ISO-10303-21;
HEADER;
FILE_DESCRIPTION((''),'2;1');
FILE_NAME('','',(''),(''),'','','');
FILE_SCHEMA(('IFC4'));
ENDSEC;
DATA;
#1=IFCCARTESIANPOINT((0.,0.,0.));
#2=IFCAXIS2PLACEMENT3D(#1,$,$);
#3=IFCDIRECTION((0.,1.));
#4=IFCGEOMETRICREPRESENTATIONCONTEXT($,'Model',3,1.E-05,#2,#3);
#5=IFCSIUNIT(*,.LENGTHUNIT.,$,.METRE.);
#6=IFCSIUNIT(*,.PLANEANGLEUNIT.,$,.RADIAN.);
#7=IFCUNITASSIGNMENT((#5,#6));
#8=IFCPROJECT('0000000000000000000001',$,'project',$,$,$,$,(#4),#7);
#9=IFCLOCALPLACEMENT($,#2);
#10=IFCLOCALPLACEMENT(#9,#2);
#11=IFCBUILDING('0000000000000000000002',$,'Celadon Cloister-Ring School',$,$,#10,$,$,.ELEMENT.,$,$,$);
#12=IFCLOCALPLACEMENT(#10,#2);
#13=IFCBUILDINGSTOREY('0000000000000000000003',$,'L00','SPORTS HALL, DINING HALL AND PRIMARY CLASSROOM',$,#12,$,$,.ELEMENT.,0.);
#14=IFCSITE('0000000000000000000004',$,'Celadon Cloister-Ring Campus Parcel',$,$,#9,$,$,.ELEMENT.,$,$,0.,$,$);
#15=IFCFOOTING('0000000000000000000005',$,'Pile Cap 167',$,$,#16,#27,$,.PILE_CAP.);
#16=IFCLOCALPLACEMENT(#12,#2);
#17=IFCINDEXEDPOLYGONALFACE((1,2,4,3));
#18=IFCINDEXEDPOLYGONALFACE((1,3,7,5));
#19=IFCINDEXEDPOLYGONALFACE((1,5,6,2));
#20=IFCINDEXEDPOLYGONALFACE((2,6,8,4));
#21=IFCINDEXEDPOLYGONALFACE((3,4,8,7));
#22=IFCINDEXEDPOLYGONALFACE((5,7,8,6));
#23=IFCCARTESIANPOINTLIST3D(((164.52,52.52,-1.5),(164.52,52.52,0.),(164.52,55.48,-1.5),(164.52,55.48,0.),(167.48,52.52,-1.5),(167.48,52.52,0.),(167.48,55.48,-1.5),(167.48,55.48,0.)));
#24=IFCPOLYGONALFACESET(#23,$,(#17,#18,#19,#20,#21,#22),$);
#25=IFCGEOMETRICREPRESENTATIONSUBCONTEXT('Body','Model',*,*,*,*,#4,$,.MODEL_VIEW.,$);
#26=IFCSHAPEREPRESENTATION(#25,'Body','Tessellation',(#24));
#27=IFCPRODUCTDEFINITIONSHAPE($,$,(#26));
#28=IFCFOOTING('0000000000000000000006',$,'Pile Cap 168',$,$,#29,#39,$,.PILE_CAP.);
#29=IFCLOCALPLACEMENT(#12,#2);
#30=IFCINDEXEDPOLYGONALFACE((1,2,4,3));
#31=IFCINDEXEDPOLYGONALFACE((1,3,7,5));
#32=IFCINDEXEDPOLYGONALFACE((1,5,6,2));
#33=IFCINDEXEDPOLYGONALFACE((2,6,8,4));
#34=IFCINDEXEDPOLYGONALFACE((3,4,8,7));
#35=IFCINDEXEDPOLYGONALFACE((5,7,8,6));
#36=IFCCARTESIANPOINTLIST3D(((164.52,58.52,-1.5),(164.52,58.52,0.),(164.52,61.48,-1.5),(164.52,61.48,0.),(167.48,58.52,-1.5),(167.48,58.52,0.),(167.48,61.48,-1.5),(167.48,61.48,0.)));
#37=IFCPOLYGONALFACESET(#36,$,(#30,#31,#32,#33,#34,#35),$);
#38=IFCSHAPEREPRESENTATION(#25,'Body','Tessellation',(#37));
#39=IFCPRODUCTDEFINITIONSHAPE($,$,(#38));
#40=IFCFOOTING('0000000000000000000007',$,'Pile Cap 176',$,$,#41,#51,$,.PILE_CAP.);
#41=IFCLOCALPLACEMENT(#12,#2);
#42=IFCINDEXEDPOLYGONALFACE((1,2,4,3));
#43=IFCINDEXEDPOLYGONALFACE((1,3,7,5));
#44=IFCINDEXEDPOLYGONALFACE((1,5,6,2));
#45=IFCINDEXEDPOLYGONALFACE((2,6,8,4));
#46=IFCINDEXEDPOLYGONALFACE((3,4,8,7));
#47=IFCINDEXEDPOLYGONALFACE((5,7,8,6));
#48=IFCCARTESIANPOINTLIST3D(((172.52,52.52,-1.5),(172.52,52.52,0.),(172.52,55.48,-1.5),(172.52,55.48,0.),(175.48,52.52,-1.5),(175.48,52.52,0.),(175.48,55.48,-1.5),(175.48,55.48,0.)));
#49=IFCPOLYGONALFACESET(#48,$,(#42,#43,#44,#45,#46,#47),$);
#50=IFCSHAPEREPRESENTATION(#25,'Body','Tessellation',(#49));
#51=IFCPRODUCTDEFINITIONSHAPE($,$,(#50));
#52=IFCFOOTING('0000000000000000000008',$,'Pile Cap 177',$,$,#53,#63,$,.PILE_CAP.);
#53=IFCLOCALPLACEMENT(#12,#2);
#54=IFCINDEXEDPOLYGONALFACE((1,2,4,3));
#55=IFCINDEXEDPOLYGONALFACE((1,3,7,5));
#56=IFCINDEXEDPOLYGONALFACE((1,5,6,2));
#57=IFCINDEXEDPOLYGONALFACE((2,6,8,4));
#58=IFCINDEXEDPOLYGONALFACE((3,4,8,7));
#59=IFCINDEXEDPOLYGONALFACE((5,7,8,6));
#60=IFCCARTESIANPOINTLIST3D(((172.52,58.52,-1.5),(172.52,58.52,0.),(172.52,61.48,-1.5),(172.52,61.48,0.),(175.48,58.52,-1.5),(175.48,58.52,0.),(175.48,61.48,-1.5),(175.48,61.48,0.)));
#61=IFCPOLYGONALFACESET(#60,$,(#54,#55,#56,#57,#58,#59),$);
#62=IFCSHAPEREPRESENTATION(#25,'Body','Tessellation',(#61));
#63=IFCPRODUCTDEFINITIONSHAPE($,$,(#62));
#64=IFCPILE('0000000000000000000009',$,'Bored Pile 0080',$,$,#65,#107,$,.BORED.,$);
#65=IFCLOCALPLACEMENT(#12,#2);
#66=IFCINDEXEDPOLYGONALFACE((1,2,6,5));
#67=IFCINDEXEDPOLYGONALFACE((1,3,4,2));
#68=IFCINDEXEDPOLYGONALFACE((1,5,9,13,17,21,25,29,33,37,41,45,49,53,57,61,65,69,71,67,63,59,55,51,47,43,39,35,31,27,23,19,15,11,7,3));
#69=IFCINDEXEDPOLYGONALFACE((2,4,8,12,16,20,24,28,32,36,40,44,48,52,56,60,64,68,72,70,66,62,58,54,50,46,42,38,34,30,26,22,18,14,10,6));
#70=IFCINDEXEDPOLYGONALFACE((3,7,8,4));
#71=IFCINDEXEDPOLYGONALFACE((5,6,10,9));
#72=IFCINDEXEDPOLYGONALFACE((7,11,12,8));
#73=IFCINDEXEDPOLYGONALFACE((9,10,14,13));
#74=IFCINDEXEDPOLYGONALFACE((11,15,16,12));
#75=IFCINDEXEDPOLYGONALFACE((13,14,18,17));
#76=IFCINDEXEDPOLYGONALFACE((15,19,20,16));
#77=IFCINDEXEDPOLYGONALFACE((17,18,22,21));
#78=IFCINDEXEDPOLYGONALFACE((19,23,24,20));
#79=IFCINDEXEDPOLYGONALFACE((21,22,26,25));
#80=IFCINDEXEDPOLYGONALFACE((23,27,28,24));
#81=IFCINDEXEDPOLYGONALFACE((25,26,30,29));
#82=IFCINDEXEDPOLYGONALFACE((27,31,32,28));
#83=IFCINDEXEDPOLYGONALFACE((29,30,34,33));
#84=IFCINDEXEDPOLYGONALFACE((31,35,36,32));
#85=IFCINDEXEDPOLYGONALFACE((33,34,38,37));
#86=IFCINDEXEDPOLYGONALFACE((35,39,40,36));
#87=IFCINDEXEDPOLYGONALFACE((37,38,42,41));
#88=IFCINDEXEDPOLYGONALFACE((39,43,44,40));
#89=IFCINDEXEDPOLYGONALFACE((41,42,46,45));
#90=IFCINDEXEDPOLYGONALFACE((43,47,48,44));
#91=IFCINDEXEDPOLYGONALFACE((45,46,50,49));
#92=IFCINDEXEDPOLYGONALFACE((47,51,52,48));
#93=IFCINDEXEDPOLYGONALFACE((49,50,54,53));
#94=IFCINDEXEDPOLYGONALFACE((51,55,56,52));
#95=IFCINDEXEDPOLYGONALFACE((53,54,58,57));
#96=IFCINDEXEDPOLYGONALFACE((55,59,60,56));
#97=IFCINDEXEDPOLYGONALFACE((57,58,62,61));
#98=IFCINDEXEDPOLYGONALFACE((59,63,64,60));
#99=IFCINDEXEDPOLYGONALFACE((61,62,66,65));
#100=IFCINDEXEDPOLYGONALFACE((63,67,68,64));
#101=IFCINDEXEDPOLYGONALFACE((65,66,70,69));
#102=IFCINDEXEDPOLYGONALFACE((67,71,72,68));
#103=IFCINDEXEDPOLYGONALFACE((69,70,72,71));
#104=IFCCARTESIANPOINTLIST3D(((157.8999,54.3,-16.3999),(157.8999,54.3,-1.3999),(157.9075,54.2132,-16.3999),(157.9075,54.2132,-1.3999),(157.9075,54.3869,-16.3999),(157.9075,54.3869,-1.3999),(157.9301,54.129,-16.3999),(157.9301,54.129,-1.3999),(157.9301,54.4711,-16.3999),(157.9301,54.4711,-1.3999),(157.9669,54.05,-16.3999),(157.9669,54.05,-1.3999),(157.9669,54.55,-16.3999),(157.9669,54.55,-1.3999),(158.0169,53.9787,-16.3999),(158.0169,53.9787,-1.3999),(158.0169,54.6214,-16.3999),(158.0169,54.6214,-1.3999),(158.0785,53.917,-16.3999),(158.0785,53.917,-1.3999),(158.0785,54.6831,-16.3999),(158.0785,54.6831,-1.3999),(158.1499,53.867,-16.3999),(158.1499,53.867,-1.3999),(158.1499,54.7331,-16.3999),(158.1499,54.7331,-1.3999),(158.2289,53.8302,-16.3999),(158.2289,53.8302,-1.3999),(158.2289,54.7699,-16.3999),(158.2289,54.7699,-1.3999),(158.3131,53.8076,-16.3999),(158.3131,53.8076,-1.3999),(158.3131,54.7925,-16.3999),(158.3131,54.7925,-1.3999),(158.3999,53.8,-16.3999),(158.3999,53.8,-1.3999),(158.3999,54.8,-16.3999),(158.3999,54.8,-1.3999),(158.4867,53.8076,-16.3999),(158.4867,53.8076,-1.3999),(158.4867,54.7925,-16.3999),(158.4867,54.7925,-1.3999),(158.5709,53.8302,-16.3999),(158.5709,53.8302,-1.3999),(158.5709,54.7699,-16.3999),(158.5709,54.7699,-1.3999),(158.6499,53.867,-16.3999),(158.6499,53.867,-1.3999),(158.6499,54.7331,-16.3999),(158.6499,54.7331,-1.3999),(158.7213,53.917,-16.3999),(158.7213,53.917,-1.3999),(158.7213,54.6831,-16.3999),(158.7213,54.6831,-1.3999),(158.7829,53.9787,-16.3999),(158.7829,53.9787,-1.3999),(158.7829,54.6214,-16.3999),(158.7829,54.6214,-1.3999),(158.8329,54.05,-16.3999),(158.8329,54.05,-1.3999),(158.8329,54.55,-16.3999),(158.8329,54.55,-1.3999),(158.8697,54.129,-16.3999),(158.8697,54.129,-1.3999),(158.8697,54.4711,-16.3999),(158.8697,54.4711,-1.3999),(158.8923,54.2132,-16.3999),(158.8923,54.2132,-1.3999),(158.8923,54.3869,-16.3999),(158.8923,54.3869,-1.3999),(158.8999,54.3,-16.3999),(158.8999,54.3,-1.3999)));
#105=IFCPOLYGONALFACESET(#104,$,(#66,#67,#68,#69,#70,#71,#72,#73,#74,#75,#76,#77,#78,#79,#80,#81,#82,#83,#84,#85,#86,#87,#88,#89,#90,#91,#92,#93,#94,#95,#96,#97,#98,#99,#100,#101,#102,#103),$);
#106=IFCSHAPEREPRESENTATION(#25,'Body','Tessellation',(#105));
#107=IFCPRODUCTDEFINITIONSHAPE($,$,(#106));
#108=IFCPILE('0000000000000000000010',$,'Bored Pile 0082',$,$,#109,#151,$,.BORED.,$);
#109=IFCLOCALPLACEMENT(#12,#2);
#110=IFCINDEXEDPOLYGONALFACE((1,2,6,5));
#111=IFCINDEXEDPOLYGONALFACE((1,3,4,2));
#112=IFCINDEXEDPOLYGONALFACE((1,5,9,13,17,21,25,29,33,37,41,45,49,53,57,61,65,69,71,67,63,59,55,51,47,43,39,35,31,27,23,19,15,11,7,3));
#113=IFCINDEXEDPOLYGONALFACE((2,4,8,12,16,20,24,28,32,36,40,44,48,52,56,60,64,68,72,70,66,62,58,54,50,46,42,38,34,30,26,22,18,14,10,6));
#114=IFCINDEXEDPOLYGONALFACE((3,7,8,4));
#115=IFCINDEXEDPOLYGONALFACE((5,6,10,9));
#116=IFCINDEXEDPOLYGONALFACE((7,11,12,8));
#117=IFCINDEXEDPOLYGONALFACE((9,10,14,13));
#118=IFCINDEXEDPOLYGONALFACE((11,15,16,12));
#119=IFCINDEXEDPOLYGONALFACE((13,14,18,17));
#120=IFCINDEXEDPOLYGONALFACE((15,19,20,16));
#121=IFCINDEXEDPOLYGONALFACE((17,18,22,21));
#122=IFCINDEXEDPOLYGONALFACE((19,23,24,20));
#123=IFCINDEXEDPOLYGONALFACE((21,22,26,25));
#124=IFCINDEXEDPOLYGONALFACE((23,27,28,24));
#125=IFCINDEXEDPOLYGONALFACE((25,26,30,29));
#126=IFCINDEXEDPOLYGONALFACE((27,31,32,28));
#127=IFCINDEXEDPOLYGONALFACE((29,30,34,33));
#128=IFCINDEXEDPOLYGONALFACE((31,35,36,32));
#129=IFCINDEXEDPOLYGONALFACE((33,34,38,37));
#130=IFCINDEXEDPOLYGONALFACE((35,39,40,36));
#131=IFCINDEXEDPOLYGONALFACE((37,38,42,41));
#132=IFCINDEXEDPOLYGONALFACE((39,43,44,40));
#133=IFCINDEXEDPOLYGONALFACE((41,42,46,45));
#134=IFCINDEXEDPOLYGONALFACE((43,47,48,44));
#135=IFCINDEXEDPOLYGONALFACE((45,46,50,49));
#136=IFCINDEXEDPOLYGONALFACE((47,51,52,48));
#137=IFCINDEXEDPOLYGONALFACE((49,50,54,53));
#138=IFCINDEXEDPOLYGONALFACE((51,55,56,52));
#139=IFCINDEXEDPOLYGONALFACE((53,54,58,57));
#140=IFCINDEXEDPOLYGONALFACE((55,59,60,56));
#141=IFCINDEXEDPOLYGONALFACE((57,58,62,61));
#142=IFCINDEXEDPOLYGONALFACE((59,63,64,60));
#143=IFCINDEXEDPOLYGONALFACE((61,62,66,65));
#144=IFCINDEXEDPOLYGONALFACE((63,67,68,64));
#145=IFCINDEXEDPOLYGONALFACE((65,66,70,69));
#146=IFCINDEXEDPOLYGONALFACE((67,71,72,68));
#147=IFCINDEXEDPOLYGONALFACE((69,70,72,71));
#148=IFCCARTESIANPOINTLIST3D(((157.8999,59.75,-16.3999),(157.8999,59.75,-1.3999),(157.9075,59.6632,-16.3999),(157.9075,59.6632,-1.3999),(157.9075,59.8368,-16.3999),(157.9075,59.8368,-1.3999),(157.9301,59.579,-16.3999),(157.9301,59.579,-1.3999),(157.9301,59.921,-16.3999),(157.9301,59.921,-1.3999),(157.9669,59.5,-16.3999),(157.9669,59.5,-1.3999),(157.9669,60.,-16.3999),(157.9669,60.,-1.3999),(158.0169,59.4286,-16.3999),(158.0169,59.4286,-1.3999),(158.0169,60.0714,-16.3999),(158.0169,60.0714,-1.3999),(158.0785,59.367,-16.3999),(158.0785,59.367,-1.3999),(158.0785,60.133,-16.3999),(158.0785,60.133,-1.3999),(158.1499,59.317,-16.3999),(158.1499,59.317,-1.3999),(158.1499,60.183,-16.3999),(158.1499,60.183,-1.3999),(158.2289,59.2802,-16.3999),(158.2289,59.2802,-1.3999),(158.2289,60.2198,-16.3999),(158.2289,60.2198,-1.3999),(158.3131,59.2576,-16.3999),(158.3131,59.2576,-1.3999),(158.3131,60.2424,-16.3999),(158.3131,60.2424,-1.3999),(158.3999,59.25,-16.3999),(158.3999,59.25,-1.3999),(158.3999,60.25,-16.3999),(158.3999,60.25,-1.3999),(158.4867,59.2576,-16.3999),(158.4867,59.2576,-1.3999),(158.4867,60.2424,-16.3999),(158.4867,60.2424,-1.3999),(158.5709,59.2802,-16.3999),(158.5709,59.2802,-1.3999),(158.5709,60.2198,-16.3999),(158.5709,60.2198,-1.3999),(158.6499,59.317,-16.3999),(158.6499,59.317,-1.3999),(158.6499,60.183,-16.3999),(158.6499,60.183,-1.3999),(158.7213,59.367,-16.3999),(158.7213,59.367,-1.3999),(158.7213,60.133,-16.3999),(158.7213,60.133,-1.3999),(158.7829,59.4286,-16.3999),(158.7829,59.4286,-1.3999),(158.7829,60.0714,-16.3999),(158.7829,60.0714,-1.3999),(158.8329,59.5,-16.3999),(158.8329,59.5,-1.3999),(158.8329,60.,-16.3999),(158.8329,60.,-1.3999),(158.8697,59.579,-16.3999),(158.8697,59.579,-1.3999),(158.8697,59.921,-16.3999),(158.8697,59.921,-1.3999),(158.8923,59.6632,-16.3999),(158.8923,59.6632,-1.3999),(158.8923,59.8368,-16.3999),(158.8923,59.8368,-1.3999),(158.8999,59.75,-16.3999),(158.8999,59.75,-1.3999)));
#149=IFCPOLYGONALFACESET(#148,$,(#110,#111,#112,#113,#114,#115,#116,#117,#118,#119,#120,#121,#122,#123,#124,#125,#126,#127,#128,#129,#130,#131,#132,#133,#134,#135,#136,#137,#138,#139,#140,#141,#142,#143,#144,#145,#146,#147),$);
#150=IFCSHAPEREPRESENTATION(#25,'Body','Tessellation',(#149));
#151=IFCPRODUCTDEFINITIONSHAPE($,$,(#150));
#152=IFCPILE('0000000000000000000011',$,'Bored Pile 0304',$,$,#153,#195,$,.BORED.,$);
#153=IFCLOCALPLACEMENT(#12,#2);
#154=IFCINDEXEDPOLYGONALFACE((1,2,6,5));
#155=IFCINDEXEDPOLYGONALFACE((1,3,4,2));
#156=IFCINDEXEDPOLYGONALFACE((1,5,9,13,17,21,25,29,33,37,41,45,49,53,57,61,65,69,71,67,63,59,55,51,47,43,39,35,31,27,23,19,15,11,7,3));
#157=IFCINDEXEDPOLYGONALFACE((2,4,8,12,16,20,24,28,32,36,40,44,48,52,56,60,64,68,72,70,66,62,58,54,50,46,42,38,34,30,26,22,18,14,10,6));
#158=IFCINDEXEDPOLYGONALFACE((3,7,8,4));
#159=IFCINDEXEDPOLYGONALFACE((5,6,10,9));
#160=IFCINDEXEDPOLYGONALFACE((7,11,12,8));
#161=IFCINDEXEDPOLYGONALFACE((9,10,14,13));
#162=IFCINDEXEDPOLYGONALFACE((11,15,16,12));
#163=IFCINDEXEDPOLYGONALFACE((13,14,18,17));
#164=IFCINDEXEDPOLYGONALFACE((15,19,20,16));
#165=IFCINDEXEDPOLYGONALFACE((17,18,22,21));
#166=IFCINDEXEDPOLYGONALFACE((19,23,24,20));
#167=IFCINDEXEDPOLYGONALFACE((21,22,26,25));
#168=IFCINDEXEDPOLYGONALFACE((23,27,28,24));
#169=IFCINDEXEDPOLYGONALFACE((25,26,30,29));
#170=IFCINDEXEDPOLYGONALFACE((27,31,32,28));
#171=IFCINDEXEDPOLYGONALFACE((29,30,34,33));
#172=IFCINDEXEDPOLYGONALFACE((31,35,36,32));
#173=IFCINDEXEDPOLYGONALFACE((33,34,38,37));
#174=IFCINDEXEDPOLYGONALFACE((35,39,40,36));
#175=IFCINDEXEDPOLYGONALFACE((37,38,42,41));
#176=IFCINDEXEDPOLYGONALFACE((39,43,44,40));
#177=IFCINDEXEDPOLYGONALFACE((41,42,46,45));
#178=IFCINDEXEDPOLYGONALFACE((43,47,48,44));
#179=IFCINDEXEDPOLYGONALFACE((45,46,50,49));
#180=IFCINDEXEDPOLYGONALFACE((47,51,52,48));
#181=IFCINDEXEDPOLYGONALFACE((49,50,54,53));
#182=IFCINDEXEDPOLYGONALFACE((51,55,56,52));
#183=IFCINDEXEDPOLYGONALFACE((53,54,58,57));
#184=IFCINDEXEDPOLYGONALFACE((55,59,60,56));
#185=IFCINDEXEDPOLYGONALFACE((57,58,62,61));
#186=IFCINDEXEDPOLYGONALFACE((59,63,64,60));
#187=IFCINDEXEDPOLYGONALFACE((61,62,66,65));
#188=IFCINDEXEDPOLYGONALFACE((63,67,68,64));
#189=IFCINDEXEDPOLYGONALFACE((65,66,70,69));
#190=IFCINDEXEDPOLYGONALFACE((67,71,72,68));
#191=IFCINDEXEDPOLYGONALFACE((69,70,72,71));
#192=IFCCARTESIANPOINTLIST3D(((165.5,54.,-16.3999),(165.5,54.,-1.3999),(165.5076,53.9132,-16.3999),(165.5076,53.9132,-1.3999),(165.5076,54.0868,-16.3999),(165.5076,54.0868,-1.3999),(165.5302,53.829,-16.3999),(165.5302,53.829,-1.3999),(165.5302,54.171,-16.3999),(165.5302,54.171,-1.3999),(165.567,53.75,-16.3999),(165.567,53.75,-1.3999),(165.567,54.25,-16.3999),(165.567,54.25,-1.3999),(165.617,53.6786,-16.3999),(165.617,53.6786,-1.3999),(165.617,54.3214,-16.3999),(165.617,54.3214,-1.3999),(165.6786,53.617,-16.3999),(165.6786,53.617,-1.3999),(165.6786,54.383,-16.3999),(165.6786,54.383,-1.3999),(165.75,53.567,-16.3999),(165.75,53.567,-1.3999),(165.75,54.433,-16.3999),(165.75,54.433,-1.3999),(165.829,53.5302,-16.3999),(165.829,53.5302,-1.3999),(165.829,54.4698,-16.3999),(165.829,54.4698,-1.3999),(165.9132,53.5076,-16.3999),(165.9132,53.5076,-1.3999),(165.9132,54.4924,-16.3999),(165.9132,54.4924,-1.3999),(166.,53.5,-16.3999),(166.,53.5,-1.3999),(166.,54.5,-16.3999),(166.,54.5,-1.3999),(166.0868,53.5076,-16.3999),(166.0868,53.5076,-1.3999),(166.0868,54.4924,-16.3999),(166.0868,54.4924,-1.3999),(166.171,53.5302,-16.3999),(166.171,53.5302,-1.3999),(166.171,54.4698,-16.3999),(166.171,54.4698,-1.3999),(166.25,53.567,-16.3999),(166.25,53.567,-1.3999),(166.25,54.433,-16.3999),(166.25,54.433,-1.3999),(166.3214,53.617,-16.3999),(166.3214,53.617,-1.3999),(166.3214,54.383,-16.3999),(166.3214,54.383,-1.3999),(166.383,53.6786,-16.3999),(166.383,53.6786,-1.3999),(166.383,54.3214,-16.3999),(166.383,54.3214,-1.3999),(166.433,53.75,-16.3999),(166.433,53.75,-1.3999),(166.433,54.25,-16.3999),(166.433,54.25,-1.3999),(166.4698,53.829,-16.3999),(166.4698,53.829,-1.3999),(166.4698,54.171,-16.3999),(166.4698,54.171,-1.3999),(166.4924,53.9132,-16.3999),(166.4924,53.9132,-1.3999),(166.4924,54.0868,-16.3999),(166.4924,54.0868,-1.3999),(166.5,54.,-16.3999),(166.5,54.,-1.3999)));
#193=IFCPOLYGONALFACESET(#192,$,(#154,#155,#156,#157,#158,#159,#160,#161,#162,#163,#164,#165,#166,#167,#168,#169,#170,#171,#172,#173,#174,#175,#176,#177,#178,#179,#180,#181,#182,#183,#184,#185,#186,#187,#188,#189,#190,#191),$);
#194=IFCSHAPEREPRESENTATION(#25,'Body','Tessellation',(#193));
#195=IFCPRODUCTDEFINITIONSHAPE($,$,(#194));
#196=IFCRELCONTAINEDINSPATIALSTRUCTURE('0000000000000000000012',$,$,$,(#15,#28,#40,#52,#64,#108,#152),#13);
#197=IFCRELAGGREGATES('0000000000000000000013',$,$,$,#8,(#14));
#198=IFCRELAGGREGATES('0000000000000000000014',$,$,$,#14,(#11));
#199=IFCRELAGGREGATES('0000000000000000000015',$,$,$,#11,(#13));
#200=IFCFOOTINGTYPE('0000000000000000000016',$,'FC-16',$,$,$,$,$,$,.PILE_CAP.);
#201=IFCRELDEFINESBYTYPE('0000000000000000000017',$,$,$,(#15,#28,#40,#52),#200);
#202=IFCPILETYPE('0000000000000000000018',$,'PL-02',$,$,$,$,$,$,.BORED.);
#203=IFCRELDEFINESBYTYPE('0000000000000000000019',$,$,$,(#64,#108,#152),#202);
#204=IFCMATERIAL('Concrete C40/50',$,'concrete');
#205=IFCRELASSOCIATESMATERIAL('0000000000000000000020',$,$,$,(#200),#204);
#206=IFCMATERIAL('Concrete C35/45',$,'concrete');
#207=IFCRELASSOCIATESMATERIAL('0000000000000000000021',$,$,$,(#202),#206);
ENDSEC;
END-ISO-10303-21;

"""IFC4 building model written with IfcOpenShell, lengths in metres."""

from ifc_helpers import new_model, si_unit, direction, frame, origin, origin_2d, place, context, subcontext, project, spatial, rectangle, circle, extrude, material, material_profile, profile_set, type_object, element, save


model = new_model("IFC4")

# Units and contexts
model_context = context("Model", 3, precision=1e-05, world=origin(), true_north=direction((0.0, 1.0)))
body_context = subcontext(model_context, "Body", "Model", "MODEL_VIEW")
ifc_project = project(units=[si_unit("LENGTHUNIT", "METRE"), si_unit("PLANEANGLEUNIT", "RADIAN")], contexts=[model_context])

# Site, building, storey
site_placement = place(None, origin())
site = spatial("IfcSite", under=ifc_project, at=site_placement, Name="Celadon Cloister-Ring Campus Parcel", CompositionType="ELEMENT", RefElevation=0.0)
building_placement = place(site_placement, origin())
building = spatial("IfcBuilding", under=site, at=building_placement, Name="Celadon Cloister-Ring School", CompositionType="ELEMENT")
storey_placement = place(building_placement, origin())
storey = spatial("IfcBuildingStorey", under=building, at=storey_placement, Name="L00", Description="SPORTS HALL, DINING HALL AND PRIMARY CLASSROOM", CompositionType="ELEMENT", Elevation=0.0)

# Footings
ifc_material_1 = material(Name="Concrete C40/50", Category="concrete")
footing_type = type_object("IfcFootingType", Name="FC-16", PredefinedType="PILE_CAP", material=ifc_material_1)
for number, where, z_axis, x_axis, name in (
    (1, (166.0, 54.0, -1.5), (0.0, 0.0, 1.0), (1.0, 0.0, 0.0), "Pile Cap 167"),
    (2, (166.0, 60.0, -1.5), (0.0, 0.0, 1.0), (1.0, 0.0, 0.0), "Pile Cap 168"),
    (3, (174.0, 54.0, -1.5), (0.0, 0.0, 1.0), (1.0, 0.0, 0.0), "Pile Cap 176"),
    (4, (174.0, 60.0, -1.5), (0.0, 0.0, 1.0), (1.0, 0.0, 0.0), "Pile Cap 177"),
):
    element("IfcFooting", number, at=place(storey_placement, frame(where, z_axis=z_axis, x_axis=x_axis)), inside=storey, type_object=footing_type, Name=name, PredefinedType="PILE_CAP", context=body_context, shape_type="SweptSolid", body=[
        extrude(rectangle(XDim=2.96, YDim=2.96, at=origin_2d()), origin(), (0.0, 0.0, 1.0), 1.5),
    ])

# Piles
ifc_material_2 = material(Name="Concrete C35/45", Category="concrete")
ifc_material_profile_1 = material_profile(ifc_material_2, circle(Radius=0.5, at=origin_2d()), Name="PILE1000")
ifc_profile_set_1 = profile_set([ifc_material_profile_1], Name="Concrete C35/45")
pile_type = type_object("IfcPileType", Name="PL-02", PredefinedType="BORED", material=ifc_profile_set_1)
for number, where, z_axis, x_axis, name in (
    (5, (158.3999, 54.3, -1.3999), (0.0, 0.0, -1.0), (1.0, 0.0, 0.0), "Bored Pile 0080"),
    (6, (158.3999, 59.75, -1.3999), (0.0, 0.0, -1.0), (1.0, 0.0, 0.0), "Bored Pile 0082"),
    (7, (166.0, 54.0, -1.3999), (0.0, 0.0, -1.0), (1.0, 0.0, 0.0), "Bored Pile 0304"),
):
    element("IfcPile", number, at=place(storey_placement, frame(where, z_axis=z_axis, x_axis=x_axis)), inside=storey, type_object=pile_type, Name=name, PredefinedType="BORED", context=body_context, shape_type="SweptSolid", body=[
        extrude(circle(Radius=0.5, at=origin_2d()), origin(), (0.0, 0.0, 1.0), 15.0),
    ])

save(model, "model.ifc")
